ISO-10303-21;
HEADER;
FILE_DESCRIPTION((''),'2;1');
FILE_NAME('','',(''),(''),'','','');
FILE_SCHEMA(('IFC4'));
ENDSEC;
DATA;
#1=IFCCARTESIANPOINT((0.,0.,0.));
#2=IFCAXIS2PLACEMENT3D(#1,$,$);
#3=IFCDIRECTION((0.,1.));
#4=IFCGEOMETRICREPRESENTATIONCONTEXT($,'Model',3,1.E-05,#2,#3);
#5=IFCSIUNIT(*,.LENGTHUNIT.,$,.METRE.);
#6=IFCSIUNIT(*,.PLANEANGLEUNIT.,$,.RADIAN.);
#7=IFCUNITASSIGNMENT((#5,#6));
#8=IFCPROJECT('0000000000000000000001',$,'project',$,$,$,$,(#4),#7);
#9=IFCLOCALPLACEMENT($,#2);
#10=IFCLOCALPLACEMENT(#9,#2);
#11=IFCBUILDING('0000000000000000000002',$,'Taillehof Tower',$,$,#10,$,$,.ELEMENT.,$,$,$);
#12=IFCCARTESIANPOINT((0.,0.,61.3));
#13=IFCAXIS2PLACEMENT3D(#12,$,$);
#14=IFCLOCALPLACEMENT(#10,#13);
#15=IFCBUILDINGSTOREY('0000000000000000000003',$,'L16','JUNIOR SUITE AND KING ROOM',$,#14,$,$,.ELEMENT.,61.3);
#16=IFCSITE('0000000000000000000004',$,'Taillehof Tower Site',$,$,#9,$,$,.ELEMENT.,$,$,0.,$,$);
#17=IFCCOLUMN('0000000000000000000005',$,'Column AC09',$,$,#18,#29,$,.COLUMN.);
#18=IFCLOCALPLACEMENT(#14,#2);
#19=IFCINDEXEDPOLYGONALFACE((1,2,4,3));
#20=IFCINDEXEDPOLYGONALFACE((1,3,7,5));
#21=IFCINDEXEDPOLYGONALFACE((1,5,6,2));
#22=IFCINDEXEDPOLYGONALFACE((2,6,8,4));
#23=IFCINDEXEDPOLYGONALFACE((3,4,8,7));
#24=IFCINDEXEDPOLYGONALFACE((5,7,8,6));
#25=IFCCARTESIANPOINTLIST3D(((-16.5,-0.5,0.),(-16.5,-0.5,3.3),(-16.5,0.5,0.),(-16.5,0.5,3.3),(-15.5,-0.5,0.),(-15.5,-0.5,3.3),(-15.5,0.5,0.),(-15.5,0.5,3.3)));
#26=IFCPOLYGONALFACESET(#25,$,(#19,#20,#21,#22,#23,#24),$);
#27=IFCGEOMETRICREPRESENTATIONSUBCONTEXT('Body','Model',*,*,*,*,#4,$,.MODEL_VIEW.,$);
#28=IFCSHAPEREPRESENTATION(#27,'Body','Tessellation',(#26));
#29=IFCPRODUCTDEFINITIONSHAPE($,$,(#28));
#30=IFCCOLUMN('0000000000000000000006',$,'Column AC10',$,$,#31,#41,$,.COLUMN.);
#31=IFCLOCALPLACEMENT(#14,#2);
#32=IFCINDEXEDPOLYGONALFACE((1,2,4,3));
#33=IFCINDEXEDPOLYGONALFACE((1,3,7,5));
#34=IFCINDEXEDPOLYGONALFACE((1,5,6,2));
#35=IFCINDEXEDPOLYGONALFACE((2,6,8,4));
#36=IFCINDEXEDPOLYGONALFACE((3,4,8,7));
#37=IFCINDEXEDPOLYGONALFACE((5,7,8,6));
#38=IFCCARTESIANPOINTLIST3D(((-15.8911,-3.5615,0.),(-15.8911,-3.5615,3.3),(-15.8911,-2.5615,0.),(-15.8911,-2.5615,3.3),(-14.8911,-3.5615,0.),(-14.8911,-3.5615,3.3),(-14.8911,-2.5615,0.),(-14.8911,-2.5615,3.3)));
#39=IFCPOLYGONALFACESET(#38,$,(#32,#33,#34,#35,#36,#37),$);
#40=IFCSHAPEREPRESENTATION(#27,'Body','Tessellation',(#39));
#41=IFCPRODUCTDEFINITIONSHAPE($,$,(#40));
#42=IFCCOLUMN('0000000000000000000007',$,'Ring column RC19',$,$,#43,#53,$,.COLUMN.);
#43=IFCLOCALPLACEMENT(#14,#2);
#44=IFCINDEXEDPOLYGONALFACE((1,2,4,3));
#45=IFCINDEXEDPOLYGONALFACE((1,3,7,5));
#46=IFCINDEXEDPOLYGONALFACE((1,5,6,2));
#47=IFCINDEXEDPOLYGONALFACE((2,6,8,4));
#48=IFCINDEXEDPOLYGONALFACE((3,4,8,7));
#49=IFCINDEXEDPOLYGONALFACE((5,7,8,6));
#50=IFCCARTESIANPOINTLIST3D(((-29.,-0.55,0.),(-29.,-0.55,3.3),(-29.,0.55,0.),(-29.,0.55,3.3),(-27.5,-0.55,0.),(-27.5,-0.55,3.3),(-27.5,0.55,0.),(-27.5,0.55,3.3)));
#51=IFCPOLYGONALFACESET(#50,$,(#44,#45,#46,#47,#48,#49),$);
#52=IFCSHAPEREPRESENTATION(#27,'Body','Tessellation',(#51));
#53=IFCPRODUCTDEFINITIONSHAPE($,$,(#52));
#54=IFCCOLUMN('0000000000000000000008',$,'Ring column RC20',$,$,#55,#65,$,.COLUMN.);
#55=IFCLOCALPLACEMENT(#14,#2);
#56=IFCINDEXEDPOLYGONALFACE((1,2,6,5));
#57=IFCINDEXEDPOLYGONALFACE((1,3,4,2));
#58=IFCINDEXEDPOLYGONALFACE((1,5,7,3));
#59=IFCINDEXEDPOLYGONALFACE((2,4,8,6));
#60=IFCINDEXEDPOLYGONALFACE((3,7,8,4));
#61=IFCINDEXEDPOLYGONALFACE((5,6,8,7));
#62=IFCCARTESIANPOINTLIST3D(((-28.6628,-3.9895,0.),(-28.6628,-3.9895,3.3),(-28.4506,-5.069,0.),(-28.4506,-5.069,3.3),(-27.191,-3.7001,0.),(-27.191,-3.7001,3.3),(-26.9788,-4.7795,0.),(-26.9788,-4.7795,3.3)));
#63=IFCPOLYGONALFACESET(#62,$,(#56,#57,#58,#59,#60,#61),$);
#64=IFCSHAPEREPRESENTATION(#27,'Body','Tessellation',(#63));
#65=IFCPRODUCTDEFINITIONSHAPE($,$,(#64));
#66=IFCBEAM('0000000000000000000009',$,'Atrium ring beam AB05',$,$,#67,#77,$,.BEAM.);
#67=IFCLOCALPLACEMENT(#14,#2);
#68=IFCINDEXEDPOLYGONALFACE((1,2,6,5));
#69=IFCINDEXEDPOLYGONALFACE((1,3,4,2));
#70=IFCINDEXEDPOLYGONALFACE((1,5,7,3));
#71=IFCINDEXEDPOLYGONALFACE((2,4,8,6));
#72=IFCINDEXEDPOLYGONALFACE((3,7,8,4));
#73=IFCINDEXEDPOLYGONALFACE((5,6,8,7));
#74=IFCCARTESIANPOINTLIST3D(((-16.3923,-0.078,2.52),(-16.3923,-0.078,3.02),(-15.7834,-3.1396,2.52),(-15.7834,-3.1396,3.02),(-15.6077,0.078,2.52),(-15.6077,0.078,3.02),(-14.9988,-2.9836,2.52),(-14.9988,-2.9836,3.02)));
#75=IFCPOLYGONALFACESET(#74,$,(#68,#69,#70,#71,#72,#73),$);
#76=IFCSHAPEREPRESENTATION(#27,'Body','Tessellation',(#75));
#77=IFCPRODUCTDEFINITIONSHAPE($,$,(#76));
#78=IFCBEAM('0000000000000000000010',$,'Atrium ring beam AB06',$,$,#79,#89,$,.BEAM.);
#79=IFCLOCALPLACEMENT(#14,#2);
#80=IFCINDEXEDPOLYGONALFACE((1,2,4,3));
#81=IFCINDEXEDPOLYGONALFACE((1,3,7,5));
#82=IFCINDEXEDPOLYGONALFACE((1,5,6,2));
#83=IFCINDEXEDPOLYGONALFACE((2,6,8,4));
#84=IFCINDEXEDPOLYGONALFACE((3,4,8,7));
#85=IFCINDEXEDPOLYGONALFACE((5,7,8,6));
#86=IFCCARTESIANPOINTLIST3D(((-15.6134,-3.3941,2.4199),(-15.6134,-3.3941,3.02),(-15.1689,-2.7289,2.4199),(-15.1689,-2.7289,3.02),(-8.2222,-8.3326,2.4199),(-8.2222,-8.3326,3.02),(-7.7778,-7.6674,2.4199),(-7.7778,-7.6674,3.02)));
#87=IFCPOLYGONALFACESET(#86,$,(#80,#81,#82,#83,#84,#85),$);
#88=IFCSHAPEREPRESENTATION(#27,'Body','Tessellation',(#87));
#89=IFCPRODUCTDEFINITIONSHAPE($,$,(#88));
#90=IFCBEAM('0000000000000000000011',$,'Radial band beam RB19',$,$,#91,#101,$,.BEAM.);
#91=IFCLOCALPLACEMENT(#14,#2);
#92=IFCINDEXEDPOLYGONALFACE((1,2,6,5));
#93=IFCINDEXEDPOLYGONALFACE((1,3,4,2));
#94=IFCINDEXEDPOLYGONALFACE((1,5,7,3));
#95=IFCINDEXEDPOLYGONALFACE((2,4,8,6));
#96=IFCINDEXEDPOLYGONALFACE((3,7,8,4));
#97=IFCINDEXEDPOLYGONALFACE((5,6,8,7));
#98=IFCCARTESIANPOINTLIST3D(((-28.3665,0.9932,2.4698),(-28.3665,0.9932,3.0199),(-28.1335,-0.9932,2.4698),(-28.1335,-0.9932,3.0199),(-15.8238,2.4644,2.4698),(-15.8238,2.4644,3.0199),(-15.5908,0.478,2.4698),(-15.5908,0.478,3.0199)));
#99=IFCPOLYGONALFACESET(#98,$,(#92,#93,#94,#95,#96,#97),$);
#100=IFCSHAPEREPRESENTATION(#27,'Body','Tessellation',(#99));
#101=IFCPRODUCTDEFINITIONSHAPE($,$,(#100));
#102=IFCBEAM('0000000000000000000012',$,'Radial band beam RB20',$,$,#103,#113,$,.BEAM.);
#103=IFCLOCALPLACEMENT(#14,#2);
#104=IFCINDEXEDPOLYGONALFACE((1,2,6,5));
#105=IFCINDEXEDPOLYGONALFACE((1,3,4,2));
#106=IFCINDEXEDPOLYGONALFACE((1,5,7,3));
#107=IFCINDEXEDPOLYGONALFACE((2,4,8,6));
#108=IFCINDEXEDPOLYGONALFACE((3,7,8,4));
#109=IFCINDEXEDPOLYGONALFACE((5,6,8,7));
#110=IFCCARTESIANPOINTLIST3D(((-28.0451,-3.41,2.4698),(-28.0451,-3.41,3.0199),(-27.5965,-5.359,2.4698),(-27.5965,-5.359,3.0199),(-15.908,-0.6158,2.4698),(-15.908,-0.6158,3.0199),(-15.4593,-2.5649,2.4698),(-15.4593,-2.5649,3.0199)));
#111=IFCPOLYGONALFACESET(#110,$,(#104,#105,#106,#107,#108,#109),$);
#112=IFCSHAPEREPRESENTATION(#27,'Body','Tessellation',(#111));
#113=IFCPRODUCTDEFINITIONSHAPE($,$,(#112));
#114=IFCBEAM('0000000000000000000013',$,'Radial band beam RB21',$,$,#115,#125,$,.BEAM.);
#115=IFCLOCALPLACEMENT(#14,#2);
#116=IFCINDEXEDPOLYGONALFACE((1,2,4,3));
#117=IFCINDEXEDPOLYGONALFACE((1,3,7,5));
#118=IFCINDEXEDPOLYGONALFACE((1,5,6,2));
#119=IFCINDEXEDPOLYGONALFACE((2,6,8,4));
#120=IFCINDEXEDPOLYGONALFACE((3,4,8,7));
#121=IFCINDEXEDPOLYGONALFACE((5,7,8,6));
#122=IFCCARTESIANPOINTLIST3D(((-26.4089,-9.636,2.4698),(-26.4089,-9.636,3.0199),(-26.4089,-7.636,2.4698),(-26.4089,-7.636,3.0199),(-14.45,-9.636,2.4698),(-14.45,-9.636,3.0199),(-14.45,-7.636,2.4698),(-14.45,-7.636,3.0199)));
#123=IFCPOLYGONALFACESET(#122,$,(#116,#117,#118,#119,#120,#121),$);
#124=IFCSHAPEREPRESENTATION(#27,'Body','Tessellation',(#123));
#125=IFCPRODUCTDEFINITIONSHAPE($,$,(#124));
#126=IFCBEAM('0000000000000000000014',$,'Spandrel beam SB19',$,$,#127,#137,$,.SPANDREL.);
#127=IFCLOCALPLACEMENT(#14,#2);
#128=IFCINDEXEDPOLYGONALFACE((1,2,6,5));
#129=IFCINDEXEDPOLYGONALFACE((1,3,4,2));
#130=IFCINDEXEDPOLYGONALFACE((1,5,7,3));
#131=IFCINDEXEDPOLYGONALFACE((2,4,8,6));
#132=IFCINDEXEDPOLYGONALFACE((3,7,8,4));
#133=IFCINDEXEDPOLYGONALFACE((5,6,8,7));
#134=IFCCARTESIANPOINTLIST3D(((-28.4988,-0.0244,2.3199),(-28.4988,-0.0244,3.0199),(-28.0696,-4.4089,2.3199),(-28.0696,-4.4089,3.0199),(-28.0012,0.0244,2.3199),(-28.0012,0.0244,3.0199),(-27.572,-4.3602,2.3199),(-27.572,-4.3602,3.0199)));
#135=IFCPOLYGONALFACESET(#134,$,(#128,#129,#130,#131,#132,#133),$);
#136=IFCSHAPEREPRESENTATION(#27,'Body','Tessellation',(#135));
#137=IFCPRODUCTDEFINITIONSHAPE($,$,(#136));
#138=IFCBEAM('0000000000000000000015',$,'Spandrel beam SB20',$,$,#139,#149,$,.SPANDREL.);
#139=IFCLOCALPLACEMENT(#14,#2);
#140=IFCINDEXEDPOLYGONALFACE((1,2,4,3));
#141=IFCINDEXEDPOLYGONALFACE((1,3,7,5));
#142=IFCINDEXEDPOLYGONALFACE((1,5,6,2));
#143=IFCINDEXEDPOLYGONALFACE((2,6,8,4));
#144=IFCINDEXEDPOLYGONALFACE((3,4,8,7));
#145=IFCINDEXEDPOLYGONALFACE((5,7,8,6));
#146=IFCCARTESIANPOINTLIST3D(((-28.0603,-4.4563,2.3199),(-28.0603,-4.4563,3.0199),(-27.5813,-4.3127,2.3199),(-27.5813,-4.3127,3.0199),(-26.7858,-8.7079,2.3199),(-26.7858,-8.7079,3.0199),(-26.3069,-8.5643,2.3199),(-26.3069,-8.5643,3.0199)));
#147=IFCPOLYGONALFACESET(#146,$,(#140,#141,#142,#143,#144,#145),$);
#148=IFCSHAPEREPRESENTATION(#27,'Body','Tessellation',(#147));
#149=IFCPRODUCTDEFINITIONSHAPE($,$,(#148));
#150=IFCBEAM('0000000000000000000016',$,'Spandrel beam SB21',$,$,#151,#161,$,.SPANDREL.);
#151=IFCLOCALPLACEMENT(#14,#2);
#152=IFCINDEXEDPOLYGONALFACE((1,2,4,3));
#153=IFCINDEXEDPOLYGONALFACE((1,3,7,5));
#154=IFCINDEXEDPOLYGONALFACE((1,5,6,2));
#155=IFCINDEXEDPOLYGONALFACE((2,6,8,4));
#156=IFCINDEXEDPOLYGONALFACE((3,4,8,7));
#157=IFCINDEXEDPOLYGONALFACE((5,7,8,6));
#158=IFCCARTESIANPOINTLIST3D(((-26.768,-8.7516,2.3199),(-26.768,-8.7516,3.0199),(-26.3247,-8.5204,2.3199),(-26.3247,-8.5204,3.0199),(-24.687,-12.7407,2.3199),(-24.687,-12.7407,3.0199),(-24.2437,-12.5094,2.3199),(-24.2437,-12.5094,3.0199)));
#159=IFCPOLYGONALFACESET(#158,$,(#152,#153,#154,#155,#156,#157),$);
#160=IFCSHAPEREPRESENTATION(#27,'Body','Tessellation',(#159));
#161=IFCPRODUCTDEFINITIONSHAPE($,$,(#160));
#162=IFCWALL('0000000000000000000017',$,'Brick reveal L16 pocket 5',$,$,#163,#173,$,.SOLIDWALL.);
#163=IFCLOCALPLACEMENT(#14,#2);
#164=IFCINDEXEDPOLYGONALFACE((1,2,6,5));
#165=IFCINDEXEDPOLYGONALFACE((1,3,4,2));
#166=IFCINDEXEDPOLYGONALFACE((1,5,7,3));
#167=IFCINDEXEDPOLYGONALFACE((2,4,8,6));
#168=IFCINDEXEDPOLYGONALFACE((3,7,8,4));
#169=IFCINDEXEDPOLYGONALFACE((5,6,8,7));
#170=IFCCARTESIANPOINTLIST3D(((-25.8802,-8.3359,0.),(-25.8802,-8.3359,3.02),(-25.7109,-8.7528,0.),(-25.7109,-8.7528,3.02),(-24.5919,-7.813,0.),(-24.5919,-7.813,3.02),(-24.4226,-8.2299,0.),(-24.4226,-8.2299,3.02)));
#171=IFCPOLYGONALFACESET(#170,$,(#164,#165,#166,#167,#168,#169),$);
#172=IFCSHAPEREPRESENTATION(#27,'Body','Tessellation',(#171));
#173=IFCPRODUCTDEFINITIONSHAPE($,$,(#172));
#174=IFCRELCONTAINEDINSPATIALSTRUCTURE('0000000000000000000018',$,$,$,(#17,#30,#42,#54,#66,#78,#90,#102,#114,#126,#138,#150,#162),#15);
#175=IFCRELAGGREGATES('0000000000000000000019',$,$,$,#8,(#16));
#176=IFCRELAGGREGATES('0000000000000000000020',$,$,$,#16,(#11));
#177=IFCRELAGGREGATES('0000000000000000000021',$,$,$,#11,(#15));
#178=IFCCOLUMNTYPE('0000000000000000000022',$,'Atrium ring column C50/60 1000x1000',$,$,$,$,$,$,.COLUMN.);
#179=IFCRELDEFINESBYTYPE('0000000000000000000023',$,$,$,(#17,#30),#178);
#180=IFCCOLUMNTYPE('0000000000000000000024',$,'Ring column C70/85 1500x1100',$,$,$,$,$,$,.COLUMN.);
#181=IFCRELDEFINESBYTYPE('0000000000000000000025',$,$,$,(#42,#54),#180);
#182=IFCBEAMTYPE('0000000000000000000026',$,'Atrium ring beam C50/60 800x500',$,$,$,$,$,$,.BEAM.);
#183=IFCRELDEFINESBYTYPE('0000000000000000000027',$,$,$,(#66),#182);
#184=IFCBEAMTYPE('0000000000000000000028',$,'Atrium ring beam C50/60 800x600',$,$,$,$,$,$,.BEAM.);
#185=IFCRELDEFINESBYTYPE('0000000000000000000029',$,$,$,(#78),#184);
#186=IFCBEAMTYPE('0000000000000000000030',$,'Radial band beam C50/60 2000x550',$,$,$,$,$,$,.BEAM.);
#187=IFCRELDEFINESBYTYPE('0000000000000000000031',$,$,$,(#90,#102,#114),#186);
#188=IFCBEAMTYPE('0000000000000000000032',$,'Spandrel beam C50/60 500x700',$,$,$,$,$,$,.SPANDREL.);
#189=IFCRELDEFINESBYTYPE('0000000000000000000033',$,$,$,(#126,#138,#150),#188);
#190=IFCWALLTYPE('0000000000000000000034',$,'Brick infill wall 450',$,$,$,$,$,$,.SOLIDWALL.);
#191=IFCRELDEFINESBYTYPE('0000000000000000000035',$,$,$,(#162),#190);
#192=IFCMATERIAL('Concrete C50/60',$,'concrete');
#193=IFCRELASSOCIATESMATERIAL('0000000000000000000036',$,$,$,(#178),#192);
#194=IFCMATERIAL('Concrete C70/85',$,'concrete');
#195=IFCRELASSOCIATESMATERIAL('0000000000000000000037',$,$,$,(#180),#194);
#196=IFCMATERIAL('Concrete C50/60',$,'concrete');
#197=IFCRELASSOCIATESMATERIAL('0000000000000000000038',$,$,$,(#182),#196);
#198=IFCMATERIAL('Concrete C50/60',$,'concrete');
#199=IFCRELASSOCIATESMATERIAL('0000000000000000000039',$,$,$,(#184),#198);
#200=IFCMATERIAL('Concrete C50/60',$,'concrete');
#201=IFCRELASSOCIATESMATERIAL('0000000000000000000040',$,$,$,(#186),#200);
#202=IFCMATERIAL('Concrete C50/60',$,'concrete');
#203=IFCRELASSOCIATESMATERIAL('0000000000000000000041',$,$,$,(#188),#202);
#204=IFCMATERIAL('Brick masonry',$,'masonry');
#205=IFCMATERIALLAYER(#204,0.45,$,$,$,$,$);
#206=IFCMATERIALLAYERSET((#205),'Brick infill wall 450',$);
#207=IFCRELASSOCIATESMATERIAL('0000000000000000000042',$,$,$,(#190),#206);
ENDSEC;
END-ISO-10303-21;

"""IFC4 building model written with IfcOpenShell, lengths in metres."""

from ifc_helpers import new_model, si_unit, direction, frame, frame_2d, origin, origin_2d, place, context, subcontext, project, spatial, rectangle, extrude, material, layer, layer_set, material_profile, profile_set, type_object, element, save


model = new_model("IFC4")

# Units and contexts
model_context = context("Model", 3, precision=1e-05, world=origin(), true_north=direction((0.0, 1.0)))
body_context = subcontext(model_context, "Body", "Model", "MODEL_VIEW")
ifc_project = project(units=[si_unit("LENGTHUNIT", "METRE"), si_unit("PLANEANGLEUNIT", "RADIAN")], contexts=[model_context])

# Site, building, storey
site_placement = place(None, origin())
site = spatial("IfcSite", under=ifc_project, at=site_placement, Name="Taillehof Tower Site", CompositionType="ELEMENT", RefElevation=0.0)
building_placement = place(site_placement, origin())
building = spatial("IfcBuilding", under=site, at=building_placement, Name="Taillehof Tower", CompositionType="ELEMENT")
storey_placement = place(building_placement, frame((0.0, 0.0, 61.3)))
storey = spatial("IfcBuildingStorey", under=building, at=storey_placement, Name="L16", Description="JUNIOR SUITE AND KING ROOM", CompositionType="ELEMENT", Elevation=61.3)

# Columns
ifc_material_1 = material(Name="Concrete C50/60", Category="concrete")
ifc_material_profile_1 = material_profile(ifc_material_1, rectangle(XDim=1.0, YDim=1.0, at=origin_2d()), Name="RC 1000x1000")
ifc_profile_set_1 = profile_set([ifc_material_profile_1], Name="Concrete C50/60")
column_type_1 = type_object("IfcColumnType", Name="Atrium ring column C50/60 1000x1000", PredefinedType="COLUMN", material=ifc_profile_set_1)
for number, where, z_axis, x_axis, name in (
    (1, (-16.0, 0.0, 0.0), (0.0, 0.0, 1.0), (1.0, 0.0, 0.0), "Column AC09"),
    (2, (-15.3911, -3.0615, 0.0), (0.0, 0.0, 1.0), (1.0, 0.0, 0.0), "Column AC10"),
):
    element("IfcColumn", number, at=place(storey_placement, frame(where, z_axis=z_axis, x_axis=x_axis)), inside=storey, type_object=column_type_1, Name=name, PredefinedType="COLUMN", context=body_context, shape_type="SweptSolid", body=[
        extrude(rectangle(XDim=1.0, YDim=1.0, at=origin_2d()), origin(), (0.0, 0.0, 1.0), 3.3),
    ])
ifc_material_2 = material(Name="Concrete C70/85", Category="concrete")
ifc_material_profile_2 = material_profile(ifc_material_2, rectangle(XDim=1.5, YDim=1.1001, at=origin_2d()), Name="RC 1500x1100")
ifc_profile_set_2 = profile_set([ifc_material_profile_2], Name="Concrete C70/85")
column_type_2 = type_object("IfcColumnType", Name="Ring column C70/85 1500x1100", PredefinedType="COLUMN", material=ifc_profile_set_2)
for number, where, z_axis, x_axis, name in (
    (3, (-28.25, 0.0, 0.0), (0.0, 0.0, 1.0), (-1.0, 0.0, 0.0), "Ring column RC19"),
    (4, (-27.8208, -4.3845, 0.0), (0.0, 0.0, 1.0), (-0.981204, -0.192976, 0.0), "Ring column RC20"),
):
    element("IfcColumn", number, at=place(storey_placement, frame(where, z_axis=z_axis, x_axis=x_axis)), inside=storey, type_object=column_type_2, Name=name, PredefinedType="COLUMN", context=body_context, shape_type="SweptSolid", body=[
        extrude(rectangle(XDim=1.5, YDim=1.1001, at=origin_2d()), origin(), (0.0, 0.0, 1.0), 3.3),
    ])

# Beams
ifc_material_3 = material(Name="Concrete C50/60", Category="concrete")
ifc_material_profile_3 = material_profile(ifc_material_3, rectangle(XDim=0.8, YDim=0.5, at=origin_2d()), Name="RC 800x500")
ifc_profile_set_3 = profile_set([ifc_material_profile_3], Name="Concrete C50/60")
beam_type_1 = type_object("IfcBeamType", Name="Atrium ring beam C50/60 800x500", PredefinedType="BEAM", material=ifc_profile_set_3)
beam_1_placement = place(storey_placement, frame((-16.0, 0.0, 2.77), z_axis=(0.195063, -0.980791, 0.0), x_axis=(0.980791, 0.195063, 0.0)))
element("IfcBeam", 5, at=beam_1_placement, inside=storey, type_object=beam_type_1, Name="Atrium ring beam AB05", PredefinedType="BEAM", context=body_context, shape_type="SweptSolid", body=[
    extrude(rectangle(XDim=0.8, YDim=0.5, at=origin_2d()), origin(), (0.0, 0.0, 1.0), 3.1216),
])
ifc_material_4 = material(Name="Concrete C50/60", Category="concrete")
ifc_material_profile_4 = material_profile(ifc_material_4, rectangle(XDim=0.8, YDim=0.6001, at=origin_2d()), Name="RC 800x600")
ifc_profile_set_4 = profile_set([ifc_material_profile_4], Name="Concrete C50/60")
beam_type_2 = type_object("IfcBeamType", Name="Atrium ring beam C50/60 800x600", PredefinedType="BEAM", material=ifc_profile_set_4)
beam_2_placement = place(storey_placement, frame((-15.3911, -3.0615, 2.72), z_axis=(0.831475, -0.555562, 0.0), x_axis=(0.555562, 0.831475, 0.0)))
element("IfcBeam", 6, at=beam_2_placement, inside=storey, type_object=beam_type_2, Name="Atrium ring beam AB06", PredefinedType="BEAM", context=body_context, shape_type="SweptSolid", body=[
    extrude(rectangle(XDim=0.8, YDim=0.6001, at=origin_2d()), origin(), (0.0, 0.0, 1.0), 8.8892),
])
ifc_material_5 = material(Name="Concrete C50/60", Category="concrete")
ifc_material_profile_5 = material_profile(ifc_material_5, rectangle(XDim=2.0, YDim=0.55, at=origin_2d()), Name="RC 2000x550")
ifc_profile_set_5 = profile_set([ifc_material_profile_5], Name="Concrete C50/60")
beam_type_3 = type_object("IfcBeamType", Name="Radial band beam C50/60 2000x550", PredefinedType="BEAM", material=ifc_profile_set_5)
beam_3_placement = place(storey_placement, frame((-28.25, 0.0, 2.7449), z_axis=(0.993191, 0.116496, 0.0), x_axis=(-0.116496, 0.993191, 0.0)))
element("IfcBeam", 7, at=beam_3_placement, inside=storey, type_object=beam_type_3, Name="Radial band beam RB19", PredefinedType="BEAM", context=body_context, shape_type="SweptSolid", body=[
    extrude(rectangle(XDim=2.0, YDim=0.55, at=origin_2d()), origin(), (0.0, 0.0, 1.0), 12.6287),
])
beam_4_placement = place(storey_placement, frame((-27.8208, -4.3845, 2.7449), z_axis=(0.974509, 0.224348, 0.0), x_axis=(-0.224348, 0.974509, 0.0)))
element("IfcBeam", 8, at=beam_4_placement, inside=storey, type_object=beam_type_3, Name="Radial band beam RB20", PredefinedType="BEAM", context=body_context, shape_type="SweptSolid", body=[
    extrude(rectangle(XDim=2.0, YDim=0.55, at=origin_2d()), origin(), (0.0, 0.0, 1.0), 12.4546),
])
beam_5_placement = place(storey_placement, frame((-26.4089, -8.636, 2.7449), z_axis=(1.0, 0.0, 0.0), x_axis=(0.0, 1.0, 0.0)))
element("IfcBeam", 9, at=beam_5_placement, inside=storey, type_object=beam_type_3, Name="Radial band beam RB21", PredefinedType="BEAM", context=body_context, shape_type="SweptSolid", body=[
    extrude(rectangle(XDim=2.0, YDim=0.55, at=origin_2d()), origin(), (0.0, 0.0, 1.0), 11.959),
])
ifc_material_6 = material(Name="Concrete C50/60", Category="concrete")
ifc_material_profile_6 = material_profile(ifc_material_6, rectangle(XDim=0.5, YDim=0.7, at=origin_2d()), Name="RC 500x700")
ifc_profile_set_6 = profile_set([ifc_material_profile_6], Name="Concrete C50/60")
beam_type_4 = type_object("IfcBeamType", Name="Spandrel beam C50/60 500x700", PredefinedType="SPANDREL", material=ifc_profile_set_6)
beam_6_placement = place(storey_placement, frame((-28.25, 0.0, 2.6699), z_axis=(0.097424, -0.995243, 0.0), x_axis=(0.995243, 0.097424, 0.0)))
element("IfcBeam", 10, at=beam_6_placement, inside=storey, type_object=beam_type_4, Name="Spandrel beam SB19", PredefinedType="SPANDREL", context=body_context, shape_type="SweptSolid", body=[
    extrude(rectangle(XDim=0.5, YDim=0.7, at=origin_2d()), origin(), (0.0, 0.0, 1.0), 4.4055),
])
beam_7_placement = place(storey_placement, frame((-27.8208, -4.3845, 2.6699), z_axis=(0.287136, -0.95789, 0.0), x_axis=(0.95789, 0.287136, 0.0)))
element("IfcBeam", 11, at=beam_7_placement, inside=storey, type_object=beam_type_4, Name="Spandrel beam SB20", PredefinedType="SPANDREL", context=body_context, shape_type="SweptSolid", body=[
    extrude(rectangle(XDim=0.5, YDim=0.7, at=origin_2d()), origin(), (0.0, 0.0, 1.0), 4.4385),
])
beam_8_placement = place(storey_placement, frame((-26.5464, -8.636, 2.6699), z_axis=(0.462536, -0.8866, 0.0), x_axis=(0.8866, 0.462536, 0.0)))
element("IfcBeam", 12, at=beam_8_placement, inside=storey, type_object=beam_type_4, Name="Spandrel beam SB21", PredefinedType="SPANDREL", context=body_context, shape_type="SweptSolid", body=[
    extrude(rectangle(XDim=0.5, YDim=0.7, at=origin_2d()), origin(), (0.0, 0.0, 1.0), 4.4993),
])

# Wall
ifc_material_7 = material(Name="Brick masonry", Category="masonry")
ifc_layer_1 = layer(ifc_material_7, 0.45)
ifc_layer_set_1 = layer_set([ifc_layer_1], Name="Brick infill wall 450")
wall_type_1 = type_object("IfcWallType", Name="Brick infill wall 450", PredefinedType="SOLIDWALL", material=ifc_layer_set_1)
wall_1_placement = place(storey_placement, frame((-25.7957, -8.5444, 0.0), z_axis=(0.0, 0.0, 1.0), x_axis=(0.926576, 0.376109, 0.0)))
element("IfcWall", 13, at=wall_1_placement, inside=storey, type_object=wall_type_1, Name="Brick reveal L16 pocket 5", PredefinedType="SOLIDWALL", context=body_context, shape_type="SweptSolid", body=[
    extrude(rectangle(XDim=1.3904, YDim=0.45, at=frame_2d((0.6953, 0.0))), origin(), (0.0, 0.0, 1.0), 3.02),
])

save(model, "model.ifc")
